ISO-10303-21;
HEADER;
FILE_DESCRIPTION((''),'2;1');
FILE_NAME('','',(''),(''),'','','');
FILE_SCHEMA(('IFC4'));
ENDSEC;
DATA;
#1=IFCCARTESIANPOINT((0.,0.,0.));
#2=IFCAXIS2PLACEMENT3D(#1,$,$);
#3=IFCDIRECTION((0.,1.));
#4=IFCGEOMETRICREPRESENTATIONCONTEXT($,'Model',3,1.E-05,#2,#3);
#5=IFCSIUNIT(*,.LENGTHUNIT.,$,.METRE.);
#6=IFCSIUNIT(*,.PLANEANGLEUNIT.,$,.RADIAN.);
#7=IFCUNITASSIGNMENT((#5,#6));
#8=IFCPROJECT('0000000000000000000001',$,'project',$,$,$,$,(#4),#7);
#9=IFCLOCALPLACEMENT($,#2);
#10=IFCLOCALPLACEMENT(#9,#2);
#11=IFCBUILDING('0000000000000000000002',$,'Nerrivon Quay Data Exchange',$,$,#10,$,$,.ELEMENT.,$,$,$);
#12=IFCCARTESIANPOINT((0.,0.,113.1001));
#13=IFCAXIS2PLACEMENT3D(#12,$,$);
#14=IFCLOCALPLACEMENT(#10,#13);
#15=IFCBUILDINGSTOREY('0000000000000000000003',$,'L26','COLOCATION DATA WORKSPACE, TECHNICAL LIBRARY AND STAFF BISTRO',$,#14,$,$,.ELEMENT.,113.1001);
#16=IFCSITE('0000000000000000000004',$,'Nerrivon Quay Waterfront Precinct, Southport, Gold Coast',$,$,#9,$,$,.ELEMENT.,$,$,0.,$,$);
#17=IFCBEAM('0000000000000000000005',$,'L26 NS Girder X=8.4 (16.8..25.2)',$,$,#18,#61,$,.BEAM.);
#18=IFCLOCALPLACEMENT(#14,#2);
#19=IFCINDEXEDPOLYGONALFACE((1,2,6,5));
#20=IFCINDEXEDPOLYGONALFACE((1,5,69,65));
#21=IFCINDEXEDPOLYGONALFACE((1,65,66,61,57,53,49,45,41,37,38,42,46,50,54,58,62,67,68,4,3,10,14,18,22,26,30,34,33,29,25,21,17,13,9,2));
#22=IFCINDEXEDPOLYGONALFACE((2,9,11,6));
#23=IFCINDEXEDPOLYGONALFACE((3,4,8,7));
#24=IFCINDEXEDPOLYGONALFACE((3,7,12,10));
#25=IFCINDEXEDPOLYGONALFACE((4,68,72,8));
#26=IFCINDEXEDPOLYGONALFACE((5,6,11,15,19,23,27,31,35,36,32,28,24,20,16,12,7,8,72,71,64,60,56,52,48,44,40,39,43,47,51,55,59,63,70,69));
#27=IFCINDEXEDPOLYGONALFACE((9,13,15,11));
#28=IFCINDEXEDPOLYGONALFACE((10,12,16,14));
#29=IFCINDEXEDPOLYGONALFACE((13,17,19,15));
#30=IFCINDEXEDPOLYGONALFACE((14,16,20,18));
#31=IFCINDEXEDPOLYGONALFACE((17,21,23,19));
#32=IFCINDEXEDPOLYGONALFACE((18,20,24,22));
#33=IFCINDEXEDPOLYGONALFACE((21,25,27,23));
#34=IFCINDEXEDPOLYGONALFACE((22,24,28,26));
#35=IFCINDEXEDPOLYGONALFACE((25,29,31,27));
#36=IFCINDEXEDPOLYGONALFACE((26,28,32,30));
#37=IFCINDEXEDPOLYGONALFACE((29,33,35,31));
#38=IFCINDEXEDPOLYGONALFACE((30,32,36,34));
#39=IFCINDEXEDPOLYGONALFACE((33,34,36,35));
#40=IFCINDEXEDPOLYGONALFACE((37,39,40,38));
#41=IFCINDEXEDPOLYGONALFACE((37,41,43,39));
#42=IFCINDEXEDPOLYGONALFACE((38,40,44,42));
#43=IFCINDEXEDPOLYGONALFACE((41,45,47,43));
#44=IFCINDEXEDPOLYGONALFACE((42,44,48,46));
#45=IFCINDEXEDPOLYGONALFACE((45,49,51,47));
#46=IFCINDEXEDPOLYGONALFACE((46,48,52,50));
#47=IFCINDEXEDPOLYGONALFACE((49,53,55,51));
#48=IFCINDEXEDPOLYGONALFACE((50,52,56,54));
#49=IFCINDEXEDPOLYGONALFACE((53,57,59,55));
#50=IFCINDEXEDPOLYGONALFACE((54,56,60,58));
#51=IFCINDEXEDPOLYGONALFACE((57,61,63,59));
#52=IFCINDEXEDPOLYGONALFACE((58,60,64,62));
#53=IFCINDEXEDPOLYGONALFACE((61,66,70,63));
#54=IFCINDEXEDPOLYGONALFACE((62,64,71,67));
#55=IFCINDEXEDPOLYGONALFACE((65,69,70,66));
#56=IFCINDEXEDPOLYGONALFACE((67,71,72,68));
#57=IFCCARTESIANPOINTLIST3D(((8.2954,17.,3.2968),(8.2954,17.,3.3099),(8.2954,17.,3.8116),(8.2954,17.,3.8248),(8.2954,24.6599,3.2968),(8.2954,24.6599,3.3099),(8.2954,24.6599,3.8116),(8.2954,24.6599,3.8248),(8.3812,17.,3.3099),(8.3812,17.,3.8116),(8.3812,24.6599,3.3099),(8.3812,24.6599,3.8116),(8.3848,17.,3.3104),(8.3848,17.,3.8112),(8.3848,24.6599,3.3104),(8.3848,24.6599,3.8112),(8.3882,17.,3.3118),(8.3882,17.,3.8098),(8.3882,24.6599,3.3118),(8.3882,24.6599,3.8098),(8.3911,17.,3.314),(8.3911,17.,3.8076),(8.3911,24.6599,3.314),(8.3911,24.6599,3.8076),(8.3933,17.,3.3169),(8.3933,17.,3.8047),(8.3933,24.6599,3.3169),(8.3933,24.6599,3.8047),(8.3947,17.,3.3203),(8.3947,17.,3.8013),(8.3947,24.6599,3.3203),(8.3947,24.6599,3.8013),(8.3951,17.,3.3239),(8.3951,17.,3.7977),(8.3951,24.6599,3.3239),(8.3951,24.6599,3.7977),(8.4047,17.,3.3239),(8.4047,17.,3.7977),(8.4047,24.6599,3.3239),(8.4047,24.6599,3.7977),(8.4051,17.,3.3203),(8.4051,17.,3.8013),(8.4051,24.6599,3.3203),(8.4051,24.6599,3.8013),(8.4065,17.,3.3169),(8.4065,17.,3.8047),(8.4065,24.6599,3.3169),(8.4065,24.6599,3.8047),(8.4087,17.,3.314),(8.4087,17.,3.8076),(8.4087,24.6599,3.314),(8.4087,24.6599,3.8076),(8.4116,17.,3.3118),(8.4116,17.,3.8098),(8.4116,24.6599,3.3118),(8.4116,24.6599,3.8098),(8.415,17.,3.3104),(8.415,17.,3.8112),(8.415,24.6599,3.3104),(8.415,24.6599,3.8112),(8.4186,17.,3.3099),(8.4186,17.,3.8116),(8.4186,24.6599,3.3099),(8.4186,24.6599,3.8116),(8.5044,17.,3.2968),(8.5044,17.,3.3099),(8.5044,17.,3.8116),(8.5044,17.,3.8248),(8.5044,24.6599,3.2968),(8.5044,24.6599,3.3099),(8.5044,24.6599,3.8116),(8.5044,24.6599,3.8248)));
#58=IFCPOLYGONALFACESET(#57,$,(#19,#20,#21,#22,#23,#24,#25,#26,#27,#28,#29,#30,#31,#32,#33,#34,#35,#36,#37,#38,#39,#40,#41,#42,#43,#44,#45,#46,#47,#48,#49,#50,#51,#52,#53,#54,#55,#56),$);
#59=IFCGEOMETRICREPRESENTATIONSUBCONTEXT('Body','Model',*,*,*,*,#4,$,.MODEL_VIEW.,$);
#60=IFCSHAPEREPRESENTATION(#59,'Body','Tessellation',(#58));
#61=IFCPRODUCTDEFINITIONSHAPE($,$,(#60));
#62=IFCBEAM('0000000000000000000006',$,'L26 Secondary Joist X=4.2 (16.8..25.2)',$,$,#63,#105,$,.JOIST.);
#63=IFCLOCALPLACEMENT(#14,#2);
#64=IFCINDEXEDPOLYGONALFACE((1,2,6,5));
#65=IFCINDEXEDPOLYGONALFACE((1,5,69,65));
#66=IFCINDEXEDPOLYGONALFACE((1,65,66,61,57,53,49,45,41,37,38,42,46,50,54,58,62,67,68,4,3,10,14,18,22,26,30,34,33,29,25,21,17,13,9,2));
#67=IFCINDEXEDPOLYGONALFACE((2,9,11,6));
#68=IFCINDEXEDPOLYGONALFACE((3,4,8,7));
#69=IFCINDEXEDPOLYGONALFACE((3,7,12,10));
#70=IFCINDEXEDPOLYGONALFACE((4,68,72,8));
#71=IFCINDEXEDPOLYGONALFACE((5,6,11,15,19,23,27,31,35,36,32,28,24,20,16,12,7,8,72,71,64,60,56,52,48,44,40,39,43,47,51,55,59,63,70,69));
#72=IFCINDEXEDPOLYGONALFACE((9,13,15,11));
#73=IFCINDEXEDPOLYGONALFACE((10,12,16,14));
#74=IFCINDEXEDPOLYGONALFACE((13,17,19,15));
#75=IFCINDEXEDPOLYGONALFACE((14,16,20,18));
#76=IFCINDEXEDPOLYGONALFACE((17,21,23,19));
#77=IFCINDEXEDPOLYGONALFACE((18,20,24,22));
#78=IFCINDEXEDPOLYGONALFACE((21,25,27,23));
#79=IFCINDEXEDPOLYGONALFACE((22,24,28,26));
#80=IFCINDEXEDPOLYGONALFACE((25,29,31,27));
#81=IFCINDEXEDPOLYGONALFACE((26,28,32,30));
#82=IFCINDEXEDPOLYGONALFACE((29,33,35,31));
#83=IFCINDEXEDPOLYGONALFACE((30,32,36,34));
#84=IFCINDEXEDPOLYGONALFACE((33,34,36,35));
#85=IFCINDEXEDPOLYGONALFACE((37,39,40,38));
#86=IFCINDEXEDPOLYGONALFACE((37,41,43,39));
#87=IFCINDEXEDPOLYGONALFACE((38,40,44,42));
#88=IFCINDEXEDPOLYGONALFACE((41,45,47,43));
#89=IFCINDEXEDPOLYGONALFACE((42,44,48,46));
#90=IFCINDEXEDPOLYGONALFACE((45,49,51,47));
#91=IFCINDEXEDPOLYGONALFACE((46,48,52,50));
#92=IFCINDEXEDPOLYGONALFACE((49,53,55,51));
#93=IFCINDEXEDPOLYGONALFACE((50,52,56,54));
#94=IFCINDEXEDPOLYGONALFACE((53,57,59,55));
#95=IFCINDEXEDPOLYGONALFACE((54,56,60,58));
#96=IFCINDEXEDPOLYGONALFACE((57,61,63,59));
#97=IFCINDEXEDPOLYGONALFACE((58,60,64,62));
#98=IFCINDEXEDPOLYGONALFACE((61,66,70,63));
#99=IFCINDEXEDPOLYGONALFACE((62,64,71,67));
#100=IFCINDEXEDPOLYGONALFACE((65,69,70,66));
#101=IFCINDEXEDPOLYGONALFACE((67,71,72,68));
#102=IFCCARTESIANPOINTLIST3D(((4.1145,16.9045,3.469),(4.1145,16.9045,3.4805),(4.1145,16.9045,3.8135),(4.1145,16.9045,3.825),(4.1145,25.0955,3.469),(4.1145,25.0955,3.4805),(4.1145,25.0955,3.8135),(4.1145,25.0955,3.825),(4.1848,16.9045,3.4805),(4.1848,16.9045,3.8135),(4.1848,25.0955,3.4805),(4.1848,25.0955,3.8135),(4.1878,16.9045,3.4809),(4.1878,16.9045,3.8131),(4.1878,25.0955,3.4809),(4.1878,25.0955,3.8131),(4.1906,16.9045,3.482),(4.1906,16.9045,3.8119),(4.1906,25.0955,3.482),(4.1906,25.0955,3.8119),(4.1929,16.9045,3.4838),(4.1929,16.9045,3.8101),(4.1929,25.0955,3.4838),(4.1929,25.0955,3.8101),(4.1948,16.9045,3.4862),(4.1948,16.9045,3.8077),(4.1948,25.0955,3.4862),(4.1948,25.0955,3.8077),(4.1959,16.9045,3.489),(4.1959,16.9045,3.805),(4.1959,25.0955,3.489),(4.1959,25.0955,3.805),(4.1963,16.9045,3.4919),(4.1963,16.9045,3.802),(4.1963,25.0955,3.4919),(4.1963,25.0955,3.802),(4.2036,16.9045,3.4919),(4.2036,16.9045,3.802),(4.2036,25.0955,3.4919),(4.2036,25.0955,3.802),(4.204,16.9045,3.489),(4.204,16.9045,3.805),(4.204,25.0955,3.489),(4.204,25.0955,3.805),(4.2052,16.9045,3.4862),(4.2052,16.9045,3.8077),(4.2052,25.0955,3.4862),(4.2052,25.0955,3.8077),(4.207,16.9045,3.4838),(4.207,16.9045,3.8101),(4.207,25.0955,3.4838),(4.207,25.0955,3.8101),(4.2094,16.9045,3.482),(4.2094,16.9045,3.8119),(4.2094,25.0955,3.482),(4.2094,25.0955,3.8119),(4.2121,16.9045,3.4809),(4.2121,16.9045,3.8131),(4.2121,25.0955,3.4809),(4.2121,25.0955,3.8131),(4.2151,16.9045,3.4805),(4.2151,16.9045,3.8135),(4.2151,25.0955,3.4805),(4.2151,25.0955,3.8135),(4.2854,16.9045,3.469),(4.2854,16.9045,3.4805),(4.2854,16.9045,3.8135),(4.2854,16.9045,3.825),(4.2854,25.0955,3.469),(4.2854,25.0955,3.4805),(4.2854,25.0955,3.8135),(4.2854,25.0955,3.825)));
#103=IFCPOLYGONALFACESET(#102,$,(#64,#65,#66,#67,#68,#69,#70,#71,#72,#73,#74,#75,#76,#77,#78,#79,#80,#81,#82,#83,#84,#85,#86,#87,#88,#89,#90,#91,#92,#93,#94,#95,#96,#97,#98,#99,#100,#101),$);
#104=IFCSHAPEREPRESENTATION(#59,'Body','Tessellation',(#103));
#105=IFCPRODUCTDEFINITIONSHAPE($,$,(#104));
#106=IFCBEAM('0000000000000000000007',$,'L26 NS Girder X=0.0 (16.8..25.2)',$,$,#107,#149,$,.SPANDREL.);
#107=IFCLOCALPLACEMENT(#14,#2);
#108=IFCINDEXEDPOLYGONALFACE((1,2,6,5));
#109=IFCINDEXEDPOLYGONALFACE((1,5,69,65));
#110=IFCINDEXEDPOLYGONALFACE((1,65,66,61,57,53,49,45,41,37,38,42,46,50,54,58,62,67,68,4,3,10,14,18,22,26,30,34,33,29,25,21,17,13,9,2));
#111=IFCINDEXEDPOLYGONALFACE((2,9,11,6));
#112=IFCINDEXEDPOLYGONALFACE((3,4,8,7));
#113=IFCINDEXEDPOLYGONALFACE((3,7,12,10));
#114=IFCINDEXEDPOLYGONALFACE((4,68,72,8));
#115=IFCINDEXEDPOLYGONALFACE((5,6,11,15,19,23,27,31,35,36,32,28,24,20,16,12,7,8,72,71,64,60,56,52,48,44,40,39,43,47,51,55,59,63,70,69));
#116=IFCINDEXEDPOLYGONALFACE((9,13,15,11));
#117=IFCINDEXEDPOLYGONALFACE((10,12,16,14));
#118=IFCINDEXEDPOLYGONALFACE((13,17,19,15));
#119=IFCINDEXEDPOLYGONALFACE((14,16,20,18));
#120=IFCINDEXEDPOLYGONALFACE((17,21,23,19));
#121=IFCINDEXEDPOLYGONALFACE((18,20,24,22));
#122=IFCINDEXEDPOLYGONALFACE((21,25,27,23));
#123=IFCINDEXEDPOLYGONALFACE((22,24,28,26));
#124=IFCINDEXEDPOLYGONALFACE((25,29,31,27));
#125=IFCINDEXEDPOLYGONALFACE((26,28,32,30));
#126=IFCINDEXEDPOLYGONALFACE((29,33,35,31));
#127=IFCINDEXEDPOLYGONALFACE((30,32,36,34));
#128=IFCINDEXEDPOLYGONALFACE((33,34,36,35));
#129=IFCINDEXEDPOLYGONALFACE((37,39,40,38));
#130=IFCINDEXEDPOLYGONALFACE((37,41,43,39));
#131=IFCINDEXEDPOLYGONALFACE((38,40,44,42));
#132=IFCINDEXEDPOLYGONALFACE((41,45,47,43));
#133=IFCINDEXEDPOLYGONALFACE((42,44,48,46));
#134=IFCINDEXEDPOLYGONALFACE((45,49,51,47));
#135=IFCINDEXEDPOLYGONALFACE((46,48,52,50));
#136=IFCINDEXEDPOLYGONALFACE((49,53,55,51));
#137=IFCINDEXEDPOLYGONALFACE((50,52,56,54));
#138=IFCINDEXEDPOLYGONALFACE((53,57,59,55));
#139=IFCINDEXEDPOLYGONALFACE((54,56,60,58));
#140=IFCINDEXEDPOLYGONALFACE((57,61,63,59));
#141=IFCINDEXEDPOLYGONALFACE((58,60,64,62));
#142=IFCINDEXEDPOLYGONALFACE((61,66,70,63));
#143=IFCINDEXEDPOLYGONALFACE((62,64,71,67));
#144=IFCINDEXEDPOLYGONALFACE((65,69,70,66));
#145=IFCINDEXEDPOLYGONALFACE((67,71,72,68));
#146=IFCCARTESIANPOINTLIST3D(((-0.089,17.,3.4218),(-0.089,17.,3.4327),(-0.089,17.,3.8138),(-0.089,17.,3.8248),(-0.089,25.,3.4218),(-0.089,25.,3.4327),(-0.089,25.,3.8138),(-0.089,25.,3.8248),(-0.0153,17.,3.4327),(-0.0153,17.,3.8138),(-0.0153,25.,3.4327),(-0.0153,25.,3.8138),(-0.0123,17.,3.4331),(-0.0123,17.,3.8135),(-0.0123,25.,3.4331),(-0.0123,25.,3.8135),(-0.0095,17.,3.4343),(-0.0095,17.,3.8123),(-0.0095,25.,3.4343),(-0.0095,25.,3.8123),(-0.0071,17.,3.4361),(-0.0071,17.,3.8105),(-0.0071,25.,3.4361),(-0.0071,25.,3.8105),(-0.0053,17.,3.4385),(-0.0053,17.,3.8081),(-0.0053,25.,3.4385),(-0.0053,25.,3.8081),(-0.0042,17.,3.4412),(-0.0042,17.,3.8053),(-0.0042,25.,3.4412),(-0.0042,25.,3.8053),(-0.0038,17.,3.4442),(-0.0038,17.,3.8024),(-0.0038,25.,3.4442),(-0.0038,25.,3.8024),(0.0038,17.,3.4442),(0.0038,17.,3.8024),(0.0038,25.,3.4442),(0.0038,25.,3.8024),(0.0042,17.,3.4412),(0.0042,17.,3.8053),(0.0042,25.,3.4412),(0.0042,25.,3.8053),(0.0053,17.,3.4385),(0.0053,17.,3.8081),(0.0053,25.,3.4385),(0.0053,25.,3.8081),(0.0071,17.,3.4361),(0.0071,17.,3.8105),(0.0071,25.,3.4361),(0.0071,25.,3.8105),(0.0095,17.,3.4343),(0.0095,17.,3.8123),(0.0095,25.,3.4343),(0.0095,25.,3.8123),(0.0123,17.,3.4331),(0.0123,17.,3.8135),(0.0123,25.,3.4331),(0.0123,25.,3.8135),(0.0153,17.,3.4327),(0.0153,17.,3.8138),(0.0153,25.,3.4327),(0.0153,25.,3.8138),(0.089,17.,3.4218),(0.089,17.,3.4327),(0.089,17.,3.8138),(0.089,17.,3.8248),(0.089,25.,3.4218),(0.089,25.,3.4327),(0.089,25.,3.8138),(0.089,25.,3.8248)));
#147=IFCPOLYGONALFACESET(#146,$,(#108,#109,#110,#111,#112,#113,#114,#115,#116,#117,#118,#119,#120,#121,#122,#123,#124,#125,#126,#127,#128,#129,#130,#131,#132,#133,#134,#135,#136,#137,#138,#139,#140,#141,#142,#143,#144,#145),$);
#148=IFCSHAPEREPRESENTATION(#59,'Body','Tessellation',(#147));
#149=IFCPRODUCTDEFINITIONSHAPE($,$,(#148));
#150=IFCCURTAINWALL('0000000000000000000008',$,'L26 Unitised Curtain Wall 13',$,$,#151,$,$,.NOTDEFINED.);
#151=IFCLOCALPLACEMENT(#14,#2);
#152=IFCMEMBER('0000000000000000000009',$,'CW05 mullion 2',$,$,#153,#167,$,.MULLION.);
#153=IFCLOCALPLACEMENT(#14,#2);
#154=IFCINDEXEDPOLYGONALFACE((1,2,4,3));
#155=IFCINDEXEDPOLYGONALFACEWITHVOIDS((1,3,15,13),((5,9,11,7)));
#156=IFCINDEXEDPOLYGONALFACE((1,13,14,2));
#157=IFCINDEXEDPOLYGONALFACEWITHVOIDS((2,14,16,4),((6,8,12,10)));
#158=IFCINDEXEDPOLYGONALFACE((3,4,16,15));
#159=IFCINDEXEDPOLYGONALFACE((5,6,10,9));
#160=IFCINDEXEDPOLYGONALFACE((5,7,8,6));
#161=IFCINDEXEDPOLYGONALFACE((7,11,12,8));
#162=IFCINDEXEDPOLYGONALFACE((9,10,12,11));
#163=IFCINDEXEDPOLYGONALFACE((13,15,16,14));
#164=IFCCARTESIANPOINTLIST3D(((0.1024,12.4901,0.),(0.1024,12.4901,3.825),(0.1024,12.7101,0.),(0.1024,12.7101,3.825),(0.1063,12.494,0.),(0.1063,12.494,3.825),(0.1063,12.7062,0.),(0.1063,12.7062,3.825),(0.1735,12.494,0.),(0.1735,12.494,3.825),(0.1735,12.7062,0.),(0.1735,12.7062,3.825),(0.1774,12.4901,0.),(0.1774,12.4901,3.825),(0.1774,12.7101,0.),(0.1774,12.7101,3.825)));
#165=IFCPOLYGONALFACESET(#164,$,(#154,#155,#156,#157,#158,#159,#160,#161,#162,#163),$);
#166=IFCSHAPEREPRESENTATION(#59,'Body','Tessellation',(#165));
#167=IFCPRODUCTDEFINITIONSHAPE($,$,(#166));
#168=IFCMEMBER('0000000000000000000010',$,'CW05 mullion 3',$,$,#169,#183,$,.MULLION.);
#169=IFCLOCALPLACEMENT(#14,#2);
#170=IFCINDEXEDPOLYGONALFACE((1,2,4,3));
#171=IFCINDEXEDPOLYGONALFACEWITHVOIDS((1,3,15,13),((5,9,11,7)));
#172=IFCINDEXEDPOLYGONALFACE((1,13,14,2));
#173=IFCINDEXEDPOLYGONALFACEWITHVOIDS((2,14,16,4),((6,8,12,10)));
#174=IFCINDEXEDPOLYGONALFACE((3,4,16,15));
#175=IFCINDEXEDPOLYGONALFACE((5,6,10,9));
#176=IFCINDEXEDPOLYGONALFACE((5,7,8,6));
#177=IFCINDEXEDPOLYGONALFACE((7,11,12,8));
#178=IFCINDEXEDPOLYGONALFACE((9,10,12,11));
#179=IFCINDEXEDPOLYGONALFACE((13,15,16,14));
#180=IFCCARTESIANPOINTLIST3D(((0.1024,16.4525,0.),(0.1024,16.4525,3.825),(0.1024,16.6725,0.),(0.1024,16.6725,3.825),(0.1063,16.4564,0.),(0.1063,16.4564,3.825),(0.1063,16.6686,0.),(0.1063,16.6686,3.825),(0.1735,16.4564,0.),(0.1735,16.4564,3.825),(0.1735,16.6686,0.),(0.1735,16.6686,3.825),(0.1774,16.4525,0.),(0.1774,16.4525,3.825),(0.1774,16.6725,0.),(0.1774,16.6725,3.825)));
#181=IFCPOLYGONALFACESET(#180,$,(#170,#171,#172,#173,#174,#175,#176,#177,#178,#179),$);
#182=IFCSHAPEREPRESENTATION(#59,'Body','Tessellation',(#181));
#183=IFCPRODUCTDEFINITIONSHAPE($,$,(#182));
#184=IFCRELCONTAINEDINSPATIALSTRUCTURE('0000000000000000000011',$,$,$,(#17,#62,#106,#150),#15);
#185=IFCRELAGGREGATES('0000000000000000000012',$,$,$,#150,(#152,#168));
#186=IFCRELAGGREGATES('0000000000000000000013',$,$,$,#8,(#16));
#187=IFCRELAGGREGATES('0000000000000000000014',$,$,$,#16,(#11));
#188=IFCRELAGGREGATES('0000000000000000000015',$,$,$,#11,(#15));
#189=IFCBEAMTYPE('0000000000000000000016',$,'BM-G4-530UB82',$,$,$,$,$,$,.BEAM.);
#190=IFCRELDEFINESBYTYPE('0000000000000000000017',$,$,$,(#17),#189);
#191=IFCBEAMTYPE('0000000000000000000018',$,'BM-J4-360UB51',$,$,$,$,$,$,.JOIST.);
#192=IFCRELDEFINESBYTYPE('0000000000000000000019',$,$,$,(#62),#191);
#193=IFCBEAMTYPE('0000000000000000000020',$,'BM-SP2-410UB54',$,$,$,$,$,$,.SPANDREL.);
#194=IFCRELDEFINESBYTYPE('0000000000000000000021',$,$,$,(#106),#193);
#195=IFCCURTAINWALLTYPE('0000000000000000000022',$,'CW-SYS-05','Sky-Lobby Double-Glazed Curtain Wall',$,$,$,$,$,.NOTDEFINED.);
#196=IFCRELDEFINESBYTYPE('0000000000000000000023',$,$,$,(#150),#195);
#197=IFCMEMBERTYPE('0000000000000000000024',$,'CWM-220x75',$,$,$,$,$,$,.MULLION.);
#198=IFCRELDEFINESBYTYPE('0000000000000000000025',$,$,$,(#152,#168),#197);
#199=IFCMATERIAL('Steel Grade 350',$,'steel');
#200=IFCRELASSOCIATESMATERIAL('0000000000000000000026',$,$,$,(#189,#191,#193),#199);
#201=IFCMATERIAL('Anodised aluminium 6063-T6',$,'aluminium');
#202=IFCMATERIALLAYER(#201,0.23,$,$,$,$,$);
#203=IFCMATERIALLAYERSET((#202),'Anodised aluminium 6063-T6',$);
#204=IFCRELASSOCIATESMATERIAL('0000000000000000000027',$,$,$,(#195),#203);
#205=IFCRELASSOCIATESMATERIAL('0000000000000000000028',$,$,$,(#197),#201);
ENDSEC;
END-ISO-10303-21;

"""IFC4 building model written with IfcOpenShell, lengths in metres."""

from ifc_helpers import new_model, si_unit, direction, frame, origin, origin_2d, place, context, subcontext, project, spatial, hollow_rectangle, i_section, extrude, material, layer, layer_set, material_profile, profile_set, type_object, element, aggregate, save


model = new_model("IFC4")

# Units and contexts
model_context = context("Model", 3, precision=1e-05, world=origin(), true_north=direction((0.0, 1.0)))
body_context = subcontext(model_context, "Body", "Model", "MODEL_VIEW")
ifc_project = project(units=[si_unit("LENGTHUNIT", "METRE"), si_unit("PLANEANGLEUNIT", "RADIAN")], contexts=[model_context])

# Site, building, storey
site_placement = place(None, origin())
site = spatial("IfcSite", under=ifc_project, at=site_placement, Name="Nerrivon Quay Waterfront Precinct, Southport, Gold Coast", CompositionType="ELEMENT", RefElevation=0.0)
building_placement = place(site_placement, origin())
building = spatial("IfcBuilding", under=site, at=building_placement, Name="Nerrivon Quay Data Exchange", CompositionType="ELEMENT")
storey_placement = place(building_placement, frame((0.0, 0.0, 113.1001)))
storey = spatial("IfcBuildingStorey", under=building, at=storey_placement, Name="L26", Description="COLOCATION DATA WORKSPACE, TECHNICAL LIBRARY AND STAFF BISTRO", CompositionType="ELEMENT", Elevation=113.1001)

# Shared definitions
ifc_material_1 = material(Name="Steel Grade 350", Category="steel")

# Beams
ifc_material_profile_1 = material_profile(ifc_material_1, i_section(OverallWidth=0.209, OverallDepth=0.5281, WebThickness=0.0095, FlangeThickness=0.0132, FilletRadius=0.0139, at=origin_2d()), Name="530UB82.0")
ifc_profile_set_1 = profile_set([ifc_material_profile_1], Name="Steel Grade 350")
beam_type_1 = type_object("IfcBeamType", Name="BM-G4-530UB82", PredefinedType="BEAM", material=ifc_profile_set_1)
beam_1_placement = place(storey_placement, frame((8.3999, 17.0, 3.5608), z_axis=(0.0, 1.0, 0.0), x_axis=(-1.0, 0.0, 0.0)))
element("IfcBeam", 1, at=beam_1_placement, inside=storey, type_object=beam_type_1, Name="L26 NS Girder X=8.4 (16.8..25.2)", PredefinedType="BEAM", context=body_context, shape_type="SweptSolid", body=[
    extrude(i_section(OverallWidth=0.209, OverallDepth=0.5281, WebThickness=0.0095, FlangeThickness=0.0132, FilletRadius=0.0139, at=origin_2d()), origin(), (0.0, 0.0, 1.0), 7.6599),
])
ifc_material_profile_2 = material_profile(ifc_material_1, i_section(OverallWidth=0.1709, OverallDepth=0.356, WebThickness=0.0073, FlangeThickness=0.0115, FilletRadius=0.0115, at=origin_2d()), Name="360UB50.7")
ifc_profile_set_2 = profile_set([ifc_material_profile_2], Name="Steel Grade 350")
beam_type_2 = type_object("IfcBeamType", Name="BM-J4-360UB51", PredefinedType="JOIST", material=ifc_profile_set_2)
beam_2_placement = place(storey_placement, frame((4.2, 16.9045, 3.647), z_axis=(0.0, 1.0, 0.0), x_axis=(-1.0, 0.0, 0.0)))
element("IfcBeam", 2, at=beam_2_placement, inside=storey, type_object=beam_type_2, Name="L26 Secondary Joist X=4.2 (16.8..25.2)", PredefinedType="JOIST", context=body_context, shape_type="SweptSolid", body=[
    extrude(i_section(OverallWidth=0.1709, OverallDepth=0.356, WebThickness=0.0073, FlangeThickness=0.0115, FilletRadius=0.0115, at=origin_2d()), origin(), (0.0, 0.0, 1.0), 8.1909),
])
ifc_material_profile_3 = material_profile(ifc_material_1, i_section(OverallWidth=0.178, OverallDepth=0.4031, WebThickness=0.0076, FlangeThickness=0.011, FilletRadius=0.0115, at=origin_2d()), Name="410UB53.7")
ifc_profile_set_3 = profile_set([ifc_material_profile_3], Name="Steel Grade 350")
beam_type_3 = type_object("IfcBeamType", Name="BM-SP2-410UB54", PredefinedType="SPANDREL", material=ifc_profile_set_3)
beam_3_placement = place(storey_placement, frame((0.0, 17.0, 3.6233), z_axis=(0.0, 1.0, 0.0), x_axis=(-1.0, 0.0, 0.0)))
element("IfcBeam", 3, at=beam_3_placement, inside=storey, type_object=beam_type_3, Name="L26 NS Girder X=0.0 (16.8..25.2)", PredefinedType="SPANDREL", context=body_context, shape_type="SweptSolid", body=[
    extrude(i_section(OverallWidth=0.178, OverallDepth=0.4031, WebThickness=0.0076, FlangeThickness=0.011, FilletRadius=0.0115, at=origin_2d()), origin(), (0.0, 0.0, 1.0), 8.0),
])

# Curtain wall, members
ifc_material_2 = material(Name="Anodised aluminium 6063-T6", Category="aluminium")
ifc_layer_1 = layer(ifc_material_2, 0.23)
ifc_layer_set_1 = layer_set([ifc_layer_1], Name="Anodised aluminium 6063-T6")
curtain_wall_type = type_object("IfcCurtainWallType", Name="CW-SYS-05", Description="Sky-Lobby Double-Glazed Curtain Wall", PredefinedType="NOTDEFINED", material=ifc_layer_set_1)
curtain_wall_1_placement = place(storey_placement, origin())
curtain_wall_1 = element("IfcCurtainWall", 4, at=curtain_wall_1_placement, inside=storey, type_object=curtain_wall_type, Name="L26 Unitised Curtain Wall 13", PredefinedType="NOTDEFINED")
ifc_material_profile_4 = material_profile(ifc_material_2, hollow_rectangle(XDim=0.075, YDim=0.22, WallThickness=0.0039, at=origin_2d()), Name="ALU-MULL-220x75")
ifc_profile_set_4 = profile_set([ifc_material_profile_4], Name="Anodised aluminium 6063-T6")
member_type_1 = type_object("IfcMemberType", Name="CWM-220x75", PredefinedType="MULLION", material=ifc_profile_set_4)
member_1_placement = place(storey_placement, frame((0.1399, 12.6001, 0.0), z_axis=(0.0, 0.0, 1.0), x_axis=(-1.0, 0.0, 0.0)))
member_1 = element("IfcMember", 5, at=member_1_placement, type_object=member_type_1, Name="CW05 mullion 2", PredefinedType="MULLION", context=body_context, shape_type="SweptSolid", body=[
    extrude(hollow_rectangle(XDim=0.075, YDim=0.22, WallThickness=0.0039, at=origin_2d()), origin(), (0.0, 0.0, 1.0), 3.825),
])
member_2_placement = place(storey_placement, frame((0.1399, 16.5625, 0.0), z_axis=(0.0, 0.0, 1.0), x_axis=(-1.0, 0.0, 0.0)))
member_2 = element("IfcMember", 6, at=member_2_placement, type_object=member_type_1, Name="CW05 mullion 3", PredefinedType="MULLION", context=body_context, shape_type="SweptSolid", body=[
    extrude(hollow_rectangle(XDim=0.075, YDim=0.22, WallThickness=0.0039, at=origin_2d()), origin(), (0.0, 0.0, 1.0), 3.825),
])

aggregate(curtain_wall_1, [member_1, member_2])

save(model, "model.ifc")
